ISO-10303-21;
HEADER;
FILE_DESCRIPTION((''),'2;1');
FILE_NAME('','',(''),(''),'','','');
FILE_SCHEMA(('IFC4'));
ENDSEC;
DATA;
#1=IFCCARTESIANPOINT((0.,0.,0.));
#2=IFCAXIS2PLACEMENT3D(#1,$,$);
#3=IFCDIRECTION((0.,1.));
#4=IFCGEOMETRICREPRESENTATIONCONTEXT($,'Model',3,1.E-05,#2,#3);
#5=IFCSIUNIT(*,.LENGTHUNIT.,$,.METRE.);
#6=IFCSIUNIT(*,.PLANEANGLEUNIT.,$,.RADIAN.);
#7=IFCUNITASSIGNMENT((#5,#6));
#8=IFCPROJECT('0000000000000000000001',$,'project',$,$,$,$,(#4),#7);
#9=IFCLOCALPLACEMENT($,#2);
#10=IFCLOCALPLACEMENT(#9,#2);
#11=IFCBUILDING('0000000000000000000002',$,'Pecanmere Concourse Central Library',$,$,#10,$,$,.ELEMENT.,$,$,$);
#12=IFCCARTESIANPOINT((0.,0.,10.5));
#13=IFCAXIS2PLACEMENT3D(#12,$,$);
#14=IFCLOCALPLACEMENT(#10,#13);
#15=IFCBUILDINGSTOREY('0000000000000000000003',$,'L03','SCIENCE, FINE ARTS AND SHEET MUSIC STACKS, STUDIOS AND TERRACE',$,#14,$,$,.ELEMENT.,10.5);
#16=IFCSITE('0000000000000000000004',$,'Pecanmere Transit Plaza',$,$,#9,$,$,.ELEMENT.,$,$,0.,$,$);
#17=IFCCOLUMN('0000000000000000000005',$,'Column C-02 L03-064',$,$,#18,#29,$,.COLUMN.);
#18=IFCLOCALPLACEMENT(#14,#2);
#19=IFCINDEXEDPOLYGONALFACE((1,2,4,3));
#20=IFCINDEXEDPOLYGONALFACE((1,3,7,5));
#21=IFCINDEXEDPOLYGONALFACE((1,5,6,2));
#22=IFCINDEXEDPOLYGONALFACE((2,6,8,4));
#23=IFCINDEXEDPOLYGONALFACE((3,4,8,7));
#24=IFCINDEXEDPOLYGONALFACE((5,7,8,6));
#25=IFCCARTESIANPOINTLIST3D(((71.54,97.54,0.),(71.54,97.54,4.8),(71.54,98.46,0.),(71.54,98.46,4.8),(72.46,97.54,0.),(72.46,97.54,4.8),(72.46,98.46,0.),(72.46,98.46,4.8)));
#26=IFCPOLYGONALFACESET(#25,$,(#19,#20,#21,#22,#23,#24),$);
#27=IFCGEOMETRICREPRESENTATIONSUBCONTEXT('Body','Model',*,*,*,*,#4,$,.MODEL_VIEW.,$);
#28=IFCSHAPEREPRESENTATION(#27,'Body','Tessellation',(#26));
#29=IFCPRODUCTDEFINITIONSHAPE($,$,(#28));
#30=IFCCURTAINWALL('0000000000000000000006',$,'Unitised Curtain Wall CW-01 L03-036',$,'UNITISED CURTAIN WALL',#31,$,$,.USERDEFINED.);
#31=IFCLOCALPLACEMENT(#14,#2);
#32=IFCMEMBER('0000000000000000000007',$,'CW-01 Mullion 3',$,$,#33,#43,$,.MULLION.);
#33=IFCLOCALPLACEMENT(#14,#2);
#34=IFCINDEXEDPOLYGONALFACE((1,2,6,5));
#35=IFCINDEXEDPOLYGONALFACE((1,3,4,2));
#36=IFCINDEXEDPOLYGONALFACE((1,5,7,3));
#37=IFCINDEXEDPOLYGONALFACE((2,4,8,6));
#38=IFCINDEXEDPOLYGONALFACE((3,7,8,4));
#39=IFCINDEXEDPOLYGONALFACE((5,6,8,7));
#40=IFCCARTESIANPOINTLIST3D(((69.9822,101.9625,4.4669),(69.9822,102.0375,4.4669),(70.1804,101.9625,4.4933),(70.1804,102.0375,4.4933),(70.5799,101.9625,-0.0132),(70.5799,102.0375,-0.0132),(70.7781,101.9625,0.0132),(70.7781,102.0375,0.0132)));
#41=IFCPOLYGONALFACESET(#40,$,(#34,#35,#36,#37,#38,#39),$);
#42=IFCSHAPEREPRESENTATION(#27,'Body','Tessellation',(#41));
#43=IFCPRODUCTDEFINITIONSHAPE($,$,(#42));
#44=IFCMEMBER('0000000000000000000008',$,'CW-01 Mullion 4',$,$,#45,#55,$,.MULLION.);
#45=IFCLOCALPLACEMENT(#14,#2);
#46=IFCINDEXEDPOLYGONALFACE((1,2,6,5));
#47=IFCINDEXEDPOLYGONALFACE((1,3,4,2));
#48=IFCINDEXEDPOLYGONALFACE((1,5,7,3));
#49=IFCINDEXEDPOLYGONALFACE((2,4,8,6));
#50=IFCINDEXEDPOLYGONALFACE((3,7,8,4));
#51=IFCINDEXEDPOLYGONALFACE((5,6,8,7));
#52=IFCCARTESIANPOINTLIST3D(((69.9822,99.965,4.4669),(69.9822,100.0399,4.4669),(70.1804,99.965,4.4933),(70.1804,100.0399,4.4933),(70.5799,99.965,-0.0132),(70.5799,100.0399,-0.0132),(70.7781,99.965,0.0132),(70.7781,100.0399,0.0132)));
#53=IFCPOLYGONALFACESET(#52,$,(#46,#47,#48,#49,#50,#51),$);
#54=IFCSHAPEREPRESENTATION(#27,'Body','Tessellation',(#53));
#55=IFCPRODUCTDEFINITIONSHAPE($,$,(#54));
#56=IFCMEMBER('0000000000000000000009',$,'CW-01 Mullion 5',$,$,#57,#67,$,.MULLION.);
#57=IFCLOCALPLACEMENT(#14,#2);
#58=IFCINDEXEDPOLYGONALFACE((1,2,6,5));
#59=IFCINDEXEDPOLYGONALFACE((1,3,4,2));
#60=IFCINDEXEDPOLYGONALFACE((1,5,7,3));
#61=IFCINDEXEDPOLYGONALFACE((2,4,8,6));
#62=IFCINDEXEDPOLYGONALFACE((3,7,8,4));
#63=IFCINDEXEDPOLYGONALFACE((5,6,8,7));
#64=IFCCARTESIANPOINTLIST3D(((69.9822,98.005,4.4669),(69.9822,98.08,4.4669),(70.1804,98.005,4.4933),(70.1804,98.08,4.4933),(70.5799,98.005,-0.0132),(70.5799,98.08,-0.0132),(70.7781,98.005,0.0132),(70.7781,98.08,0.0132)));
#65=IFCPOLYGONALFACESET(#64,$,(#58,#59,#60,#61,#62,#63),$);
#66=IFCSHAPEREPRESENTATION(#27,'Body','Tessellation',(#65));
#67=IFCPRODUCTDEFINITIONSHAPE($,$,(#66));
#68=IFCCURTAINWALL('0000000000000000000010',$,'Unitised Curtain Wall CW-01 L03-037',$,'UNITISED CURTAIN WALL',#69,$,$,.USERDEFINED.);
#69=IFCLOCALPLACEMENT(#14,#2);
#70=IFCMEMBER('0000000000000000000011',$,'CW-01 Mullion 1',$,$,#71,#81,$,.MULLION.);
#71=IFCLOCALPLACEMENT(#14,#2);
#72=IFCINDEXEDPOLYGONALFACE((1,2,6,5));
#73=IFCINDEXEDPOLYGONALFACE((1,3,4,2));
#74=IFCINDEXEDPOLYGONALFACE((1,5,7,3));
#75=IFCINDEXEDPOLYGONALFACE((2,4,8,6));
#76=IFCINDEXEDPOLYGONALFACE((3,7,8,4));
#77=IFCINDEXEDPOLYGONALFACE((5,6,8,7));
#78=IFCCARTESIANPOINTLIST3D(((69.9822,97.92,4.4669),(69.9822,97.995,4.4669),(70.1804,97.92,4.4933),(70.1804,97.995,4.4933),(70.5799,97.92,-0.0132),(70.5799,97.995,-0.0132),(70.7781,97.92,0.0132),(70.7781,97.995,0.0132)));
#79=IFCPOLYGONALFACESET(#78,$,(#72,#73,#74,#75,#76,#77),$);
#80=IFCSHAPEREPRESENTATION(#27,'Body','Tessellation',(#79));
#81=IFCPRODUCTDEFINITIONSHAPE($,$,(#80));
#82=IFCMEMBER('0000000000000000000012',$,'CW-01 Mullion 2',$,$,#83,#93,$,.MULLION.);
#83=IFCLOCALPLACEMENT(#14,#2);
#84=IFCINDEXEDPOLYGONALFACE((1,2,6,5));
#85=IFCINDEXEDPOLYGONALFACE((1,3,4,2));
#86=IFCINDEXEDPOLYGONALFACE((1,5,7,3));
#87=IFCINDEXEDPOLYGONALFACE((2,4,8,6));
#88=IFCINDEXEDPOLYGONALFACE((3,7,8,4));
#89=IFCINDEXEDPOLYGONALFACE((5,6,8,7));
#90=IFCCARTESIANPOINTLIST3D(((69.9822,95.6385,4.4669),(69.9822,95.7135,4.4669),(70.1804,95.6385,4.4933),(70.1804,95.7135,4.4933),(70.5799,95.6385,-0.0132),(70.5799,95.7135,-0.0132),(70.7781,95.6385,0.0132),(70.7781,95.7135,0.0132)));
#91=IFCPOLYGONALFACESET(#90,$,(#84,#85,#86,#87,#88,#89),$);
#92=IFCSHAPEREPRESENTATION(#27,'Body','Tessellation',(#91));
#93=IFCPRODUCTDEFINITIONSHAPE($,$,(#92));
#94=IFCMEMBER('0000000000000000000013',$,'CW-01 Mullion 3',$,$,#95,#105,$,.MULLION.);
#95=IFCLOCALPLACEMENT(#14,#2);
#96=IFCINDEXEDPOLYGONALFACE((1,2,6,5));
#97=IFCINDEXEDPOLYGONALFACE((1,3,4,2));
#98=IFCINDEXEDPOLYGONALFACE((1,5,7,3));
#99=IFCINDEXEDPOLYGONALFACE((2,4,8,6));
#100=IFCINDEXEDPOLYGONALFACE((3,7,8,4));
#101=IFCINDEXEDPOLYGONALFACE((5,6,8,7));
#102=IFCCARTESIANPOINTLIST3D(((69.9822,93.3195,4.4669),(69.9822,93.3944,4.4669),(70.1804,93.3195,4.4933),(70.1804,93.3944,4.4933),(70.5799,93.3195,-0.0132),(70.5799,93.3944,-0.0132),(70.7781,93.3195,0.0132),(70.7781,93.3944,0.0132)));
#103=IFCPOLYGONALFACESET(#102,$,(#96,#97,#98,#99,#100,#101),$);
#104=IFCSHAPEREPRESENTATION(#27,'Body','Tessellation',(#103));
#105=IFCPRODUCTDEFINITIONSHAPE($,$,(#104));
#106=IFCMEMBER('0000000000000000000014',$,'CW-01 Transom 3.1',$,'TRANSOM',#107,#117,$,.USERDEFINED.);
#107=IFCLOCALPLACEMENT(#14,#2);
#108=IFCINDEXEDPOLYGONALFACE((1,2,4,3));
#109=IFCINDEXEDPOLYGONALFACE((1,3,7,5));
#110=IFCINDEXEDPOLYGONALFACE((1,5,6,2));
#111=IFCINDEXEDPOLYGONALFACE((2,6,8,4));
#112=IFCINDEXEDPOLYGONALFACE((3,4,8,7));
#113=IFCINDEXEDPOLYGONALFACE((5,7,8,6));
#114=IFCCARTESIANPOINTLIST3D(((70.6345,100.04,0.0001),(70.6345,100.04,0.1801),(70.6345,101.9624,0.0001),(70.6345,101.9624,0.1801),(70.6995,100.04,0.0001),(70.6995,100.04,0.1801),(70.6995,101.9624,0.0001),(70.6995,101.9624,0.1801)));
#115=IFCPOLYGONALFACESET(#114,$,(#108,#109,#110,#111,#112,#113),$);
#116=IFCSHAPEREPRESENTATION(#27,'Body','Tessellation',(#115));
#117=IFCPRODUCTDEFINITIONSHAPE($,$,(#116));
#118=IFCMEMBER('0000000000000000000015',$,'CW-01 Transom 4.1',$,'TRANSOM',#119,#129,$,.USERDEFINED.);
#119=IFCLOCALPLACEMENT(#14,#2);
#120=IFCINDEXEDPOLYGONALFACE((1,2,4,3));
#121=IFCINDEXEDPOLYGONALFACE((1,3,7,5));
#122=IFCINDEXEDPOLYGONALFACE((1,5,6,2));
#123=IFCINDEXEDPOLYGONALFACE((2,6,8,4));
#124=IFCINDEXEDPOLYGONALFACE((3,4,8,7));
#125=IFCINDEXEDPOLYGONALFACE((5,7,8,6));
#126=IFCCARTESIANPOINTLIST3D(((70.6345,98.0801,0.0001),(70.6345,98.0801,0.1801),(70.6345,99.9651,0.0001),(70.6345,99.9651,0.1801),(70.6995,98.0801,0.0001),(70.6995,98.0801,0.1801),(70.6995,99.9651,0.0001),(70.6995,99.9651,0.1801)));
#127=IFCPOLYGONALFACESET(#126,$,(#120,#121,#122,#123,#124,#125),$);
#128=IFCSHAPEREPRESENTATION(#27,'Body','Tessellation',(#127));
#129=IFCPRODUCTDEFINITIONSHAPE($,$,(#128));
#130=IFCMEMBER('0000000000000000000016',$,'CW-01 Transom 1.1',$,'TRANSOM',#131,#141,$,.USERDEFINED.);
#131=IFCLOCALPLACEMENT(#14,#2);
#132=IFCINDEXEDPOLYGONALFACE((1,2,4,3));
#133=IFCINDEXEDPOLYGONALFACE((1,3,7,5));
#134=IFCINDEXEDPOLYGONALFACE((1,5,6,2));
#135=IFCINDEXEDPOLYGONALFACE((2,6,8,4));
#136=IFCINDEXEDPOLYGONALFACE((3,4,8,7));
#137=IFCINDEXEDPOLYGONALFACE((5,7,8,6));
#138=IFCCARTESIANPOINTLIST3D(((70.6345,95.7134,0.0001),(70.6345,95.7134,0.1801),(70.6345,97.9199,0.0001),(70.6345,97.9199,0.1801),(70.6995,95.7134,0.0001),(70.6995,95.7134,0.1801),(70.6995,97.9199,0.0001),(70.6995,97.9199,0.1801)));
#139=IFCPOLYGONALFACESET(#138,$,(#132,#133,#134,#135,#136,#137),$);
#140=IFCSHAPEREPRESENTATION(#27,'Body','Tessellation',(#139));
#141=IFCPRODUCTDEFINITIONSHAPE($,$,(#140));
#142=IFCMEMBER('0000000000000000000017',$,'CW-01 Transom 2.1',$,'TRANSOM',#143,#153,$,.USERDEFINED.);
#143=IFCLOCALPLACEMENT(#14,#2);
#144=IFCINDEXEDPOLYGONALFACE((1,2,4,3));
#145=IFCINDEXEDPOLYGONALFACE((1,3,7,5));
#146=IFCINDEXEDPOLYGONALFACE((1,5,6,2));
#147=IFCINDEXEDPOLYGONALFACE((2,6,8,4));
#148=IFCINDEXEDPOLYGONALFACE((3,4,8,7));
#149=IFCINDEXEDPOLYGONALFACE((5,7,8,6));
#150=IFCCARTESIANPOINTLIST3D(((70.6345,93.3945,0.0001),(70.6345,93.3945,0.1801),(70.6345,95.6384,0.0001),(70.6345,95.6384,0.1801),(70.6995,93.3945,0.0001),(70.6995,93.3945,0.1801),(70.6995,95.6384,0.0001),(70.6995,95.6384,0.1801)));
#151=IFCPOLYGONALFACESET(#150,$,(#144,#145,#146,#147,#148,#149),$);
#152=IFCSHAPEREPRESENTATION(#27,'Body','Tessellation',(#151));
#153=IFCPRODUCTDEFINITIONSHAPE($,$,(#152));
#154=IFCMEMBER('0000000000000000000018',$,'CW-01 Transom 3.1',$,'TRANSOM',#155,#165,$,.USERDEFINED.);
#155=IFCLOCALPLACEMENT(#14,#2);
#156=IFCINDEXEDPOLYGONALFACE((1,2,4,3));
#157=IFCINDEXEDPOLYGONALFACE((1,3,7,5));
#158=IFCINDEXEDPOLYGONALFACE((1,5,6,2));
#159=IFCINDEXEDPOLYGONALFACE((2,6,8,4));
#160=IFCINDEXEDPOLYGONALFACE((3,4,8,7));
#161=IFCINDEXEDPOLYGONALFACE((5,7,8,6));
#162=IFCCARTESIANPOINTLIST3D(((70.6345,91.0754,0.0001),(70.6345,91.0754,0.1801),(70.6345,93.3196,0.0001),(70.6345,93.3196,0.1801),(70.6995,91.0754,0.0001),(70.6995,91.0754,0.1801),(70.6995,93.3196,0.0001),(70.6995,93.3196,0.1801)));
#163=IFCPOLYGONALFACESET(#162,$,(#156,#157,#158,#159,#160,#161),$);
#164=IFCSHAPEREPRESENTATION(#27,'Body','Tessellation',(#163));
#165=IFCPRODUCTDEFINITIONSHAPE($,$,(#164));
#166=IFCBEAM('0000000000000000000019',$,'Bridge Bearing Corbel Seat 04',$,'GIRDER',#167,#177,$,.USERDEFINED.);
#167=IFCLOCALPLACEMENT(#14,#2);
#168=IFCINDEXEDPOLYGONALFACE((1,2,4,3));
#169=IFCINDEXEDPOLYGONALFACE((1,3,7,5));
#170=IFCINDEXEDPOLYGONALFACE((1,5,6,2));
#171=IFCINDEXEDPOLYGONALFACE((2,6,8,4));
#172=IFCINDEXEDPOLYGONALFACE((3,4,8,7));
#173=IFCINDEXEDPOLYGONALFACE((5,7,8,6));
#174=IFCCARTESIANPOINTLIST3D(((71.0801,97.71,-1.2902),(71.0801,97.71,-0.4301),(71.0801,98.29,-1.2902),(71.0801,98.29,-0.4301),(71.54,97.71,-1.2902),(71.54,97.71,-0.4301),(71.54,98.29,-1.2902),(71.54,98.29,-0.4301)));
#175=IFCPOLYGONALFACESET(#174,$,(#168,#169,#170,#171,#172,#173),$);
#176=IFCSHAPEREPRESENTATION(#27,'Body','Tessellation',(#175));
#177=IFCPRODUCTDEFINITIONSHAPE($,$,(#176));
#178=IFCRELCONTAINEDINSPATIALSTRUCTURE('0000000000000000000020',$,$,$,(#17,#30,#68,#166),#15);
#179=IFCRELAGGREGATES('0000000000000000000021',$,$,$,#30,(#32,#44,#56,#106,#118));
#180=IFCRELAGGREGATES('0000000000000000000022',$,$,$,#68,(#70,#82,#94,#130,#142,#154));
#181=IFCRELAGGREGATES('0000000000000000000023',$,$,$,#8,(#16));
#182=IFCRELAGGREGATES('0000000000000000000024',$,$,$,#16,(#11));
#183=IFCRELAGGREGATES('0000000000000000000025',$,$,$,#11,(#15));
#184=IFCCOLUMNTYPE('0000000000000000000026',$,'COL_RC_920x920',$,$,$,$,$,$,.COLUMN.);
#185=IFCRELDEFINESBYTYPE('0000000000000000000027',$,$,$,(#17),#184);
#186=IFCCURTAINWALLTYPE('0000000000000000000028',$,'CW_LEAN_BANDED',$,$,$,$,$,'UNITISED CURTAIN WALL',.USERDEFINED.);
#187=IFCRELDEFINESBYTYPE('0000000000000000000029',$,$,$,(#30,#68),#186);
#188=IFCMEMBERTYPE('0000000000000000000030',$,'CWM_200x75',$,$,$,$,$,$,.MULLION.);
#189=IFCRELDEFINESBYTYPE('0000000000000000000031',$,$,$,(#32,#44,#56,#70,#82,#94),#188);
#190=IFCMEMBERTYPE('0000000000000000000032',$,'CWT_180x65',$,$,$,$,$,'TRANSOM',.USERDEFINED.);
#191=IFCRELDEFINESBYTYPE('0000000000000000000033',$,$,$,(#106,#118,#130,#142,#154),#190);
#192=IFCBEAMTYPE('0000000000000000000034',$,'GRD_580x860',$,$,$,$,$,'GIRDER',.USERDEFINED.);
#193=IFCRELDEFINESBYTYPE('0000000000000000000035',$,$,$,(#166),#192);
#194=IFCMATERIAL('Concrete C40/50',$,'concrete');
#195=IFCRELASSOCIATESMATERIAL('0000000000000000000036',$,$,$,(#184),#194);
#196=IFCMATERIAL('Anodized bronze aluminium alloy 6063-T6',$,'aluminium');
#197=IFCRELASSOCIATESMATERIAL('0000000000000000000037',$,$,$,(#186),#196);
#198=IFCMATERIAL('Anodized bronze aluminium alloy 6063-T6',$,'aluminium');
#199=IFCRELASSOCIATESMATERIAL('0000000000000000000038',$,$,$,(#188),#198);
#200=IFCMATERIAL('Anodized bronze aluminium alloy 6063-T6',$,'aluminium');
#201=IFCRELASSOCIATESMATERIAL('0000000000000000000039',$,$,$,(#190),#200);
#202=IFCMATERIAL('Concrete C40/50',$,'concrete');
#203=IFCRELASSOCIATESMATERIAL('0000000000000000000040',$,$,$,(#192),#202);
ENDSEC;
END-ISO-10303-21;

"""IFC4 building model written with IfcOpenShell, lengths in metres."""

from ifc_helpers import new_model, si_unit, direction, frame, origin, origin_2d, place, context, subcontext, project, spatial, rectangle, extrude, material, material_profile, profile_set, type_object, element, aggregate, save


model = new_model("IFC4")

# Units and contexts
model_context = context("Model", 3, precision=1e-05, world=origin(), true_north=direction((0.0, 1.0)))
body_context = subcontext(model_context, "Body", "Model", "MODEL_VIEW")
ifc_project = project(units=[si_unit("LENGTHUNIT", "METRE"), si_unit("PLANEANGLEUNIT", "RADIAN")], contexts=[model_context])

# Site, building, storey
site_placement = place(None, origin())
site = spatial("IfcSite", under=ifc_project, at=site_placement, Name="Pecanmere Transit Plaza", CompositionType="ELEMENT", RefElevation=0.0)
building_placement = place(site_placement, origin())
building = spatial("IfcBuilding", under=site, at=building_placement, Name="Pecanmere Concourse Central Library", CompositionType="ELEMENT")
storey_placement = place(building_placement, frame((0.0, 0.0, 10.5)))
storey = spatial("IfcBuildingStorey", under=building, at=storey_placement, Name="L03", Description="SCIENCE, FINE ARTS AND SHEET MUSIC STACKS, STUDIOS AND TERRACE", CompositionType="ELEMENT", Elevation=10.5)

# Column
ifc_material_1 = material(Name="Concrete C40/50", Category="concrete")
ifc_material_profile_1 = material_profile(ifc_material_1, rectangle(XDim=0.9199, YDim=0.9199, at=origin_2d()), Name="RC 920x920")
ifc_profile_set_1 = profile_set([ifc_material_profile_1], Name="Concrete C40/50")
column_type = type_object("IfcColumnType", Name="COL_RC_920x920", PredefinedType="COLUMN", material=ifc_profile_set_1)
column_placement = place(storey_placement, frame((72.0, 98.0, 0.0), z_axis=(0.0, 0.0, 1.0), x_axis=(1.0, 0.0, 0.0)))
element("IfcColumn", 1, at=column_placement, inside=storey, type_object=column_type, Name="Column C-02 L03-064", PredefinedType="COLUMN", context=body_context, shape_type="SweptSolid", body=[
    extrude(rectangle(XDim=0.9199, YDim=0.9199, at=origin_2d()), origin(), (0.0, 0.0, 1.0), 4.8),
])

# Curtain walls, members
ifc_material_2 = material(Name="Anodized bronze aluminium alloy 6063-T6", Category="aluminium")
curtain_wall_type = type_object("IfcCurtainWallType", Name="CW_LEAN_BANDED", ElementType="UNITISED CURTAIN WALL", PredefinedType="USERDEFINED", material=ifc_material_2)
curtain_wall_1_placement = place(storey_placement, origin())
curtain_wall_1 = element("IfcCurtainWall", 2, at=curtain_wall_1_placement, inside=storey, type_object=curtain_wall_type, Name="Unitised Curtain Wall CW-01 L03-036", ObjectType="UNITISED CURTAIN WALL", PredefinedType="USERDEFINED")
ifc_material_3 = material(Name="Anodized bronze aluminium alloy 6063-T6", Category="aluminium")
ifc_material_profile_2 = material_profile(ifc_material_3, rectangle(XDim=0.075, YDim=0.2, at=origin_2d()), Name="AL 75x200")
ifc_profile_set_2 = profile_set([ifc_material_profile_2], Name="Anodized bronze aluminium alloy 6063-T6")
member_type_1 = type_object("IfcMemberType", Name="CWM_200x75", PredefinedType="MULLION", material=ifc_profile_set_2)
member_1_placement = place(storey_placement, frame((70.679, 102.0, 0.0), z_axis=(-0.132234, 0.0, 0.991218), x_axis=(0.0, -1.0, 0.0)))
member_1 = element("IfcMember", 3, at=member_1_placement, type_object=member_type_1, Name="CW-01 Mullion 3", PredefinedType="MULLION", context=body_context, shape_type="SweptSolid", body=[
    extrude(rectangle(XDim=0.075, YDim=0.2, at=origin_2d()), origin(), (0.0, 0.0, 1.0), 4.5198),
])
member_2_placement = place(storey_placement, frame((70.679, 100.0024, 0.0), z_axis=(-0.132234, 0.0, 0.991218), x_axis=(0.0, -1.0, 0.0)))
member_2 = element("IfcMember", 4, at=member_2_placement, type_object=member_type_1, Name="CW-01 Mullion 4", PredefinedType="MULLION", context=body_context, shape_type="SweptSolid", body=[
    extrude(rectangle(XDim=0.075, YDim=0.2, at=origin_2d()), origin(), (0.0, 0.0, 1.0), 4.5198),
])
member_3_placement = place(storey_placement, frame((70.679, 98.0425, 0.0), z_axis=(-0.132234, 0.0, 0.991218), x_axis=(0.0, -1.0, 0.0)))
member_3 = element("IfcMember", 5, at=member_3_placement, type_object=member_type_1, Name="CW-01 Mullion 5", PredefinedType="MULLION", context=body_context, shape_type="SweptSolid", body=[
    extrude(rectangle(XDim=0.075, YDim=0.2, at=origin_2d()), origin(), (0.0, 0.0, 1.0), 4.5198),
])
curtain_wall_2_placement = place(storey_placement, origin())
curtain_wall_2 = element("IfcCurtainWall", 6, at=curtain_wall_2_placement, inside=storey, type_object=curtain_wall_type, Name="Unitised Curtain Wall CW-01 L03-037", ObjectType="UNITISED CURTAIN WALL", PredefinedType="USERDEFINED")
member_4_placement = place(storey_placement, frame((70.679, 97.9575, 0.0), z_axis=(-0.132234, 0.0, 0.991218), x_axis=(0.0, -1.0, 0.0)))
member_4 = element("IfcMember", 7, at=member_4_placement, type_object=member_type_1, Name="CW-01 Mullion 1", PredefinedType="MULLION", context=body_context, shape_type="SweptSolid", body=[
    extrude(rectangle(XDim=0.075, YDim=0.2, at=origin_2d()), origin(), (0.0, 0.0, 1.0), 4.5198),
])
member_5_placement = place(storey_placement, frame((70.679, 95.676, 0.0), z_axis=(-0.132234, 0.0, 0.991218), x_axis=(0.0, -1.0, 0.0)))
member_5 = element("IfcMember", 8, at=member_5_placement, type_object=member_type_1, Name="CW-01 Mullion 2", PredefinedType="MULLION", context=body_context, shape_type="SweptSolid", body=[
    extrude(rectangle(XDim=0.075, YDim=0.2, at=origin_2d()), origin(), (0.0, 0.0, 1.0), 4.5198),
])
member_6_placement = place(storey_placement, frame((70.679, 93.3569, 0.0), z_axis=(-0.132234, 0.0, 0.991218), x_axis=(0.0, -1.0, 0.0)))
member_6 = element("IfcMember", 9, at=member_6_placement, type_object=member_type_1, Name="CW-01 Mullion 3", PredefinedType="MULLION", context=body_context, shape_type="SweptSolid", body=[
    extrude(rectangle(XDim=0.075, YDim=0.2, at=origin_2d()), origin(), (0.0, 0.0, 1.0), 4.5198),
])

# Members
ifc_material_4 = material(Name="Anodized bronze aluminium alloy 6063-T6", Category="aluminium")
ifc_material_profile_3 = material_profile(ifc_material_4, rectangle(XDim=0.0649, YDim=0.1799, at=origin_2d()), Name="AL 65x180")
ifc_profile_set_3 = profile_set([ifc_material_profile_3], Name="Anodized bronze aluminium alloy 6063-T6")
member_type_2 = type_object("IfcMemberType", Name="CWT_180x65", ElementType="TRANSOM", PredefinedType="USERDEFINED", material=ifc_profile_set_3)
member_7_placement = place(storey_placement, frame((70.667, 101.9624, 0.0901), z_axis=(0.0, -1.0, 0.0), x_axis=(1.0, 0.0, 0.0)))
member_7 = element("IfcMember", 10, at=member_7_placement, type_object=member_type_2, Name="CW-01 Transom 3.1", ObjectType="TRANSOM", PredefinedType="USERDEFINED", context=body_context, shape_type="SweptSolid", body=[
    extrude(rectangle(XDim=0.0649, YDim=0.1799, at=origin_2d()), origin(), (0.0, 0.0, 1.0), 1.9224),
])
member_8_placement = place(storey_placement, frame((70.667, 99.9651, 0.0901), z_axis=(0.0, -1.0, 0.0), x_axis=(1.0, 0.0, 0.0)))
member_8 = element("IfcMember", 11, at=member_8_placement, type_object=member_type_2, Name="CW-01 Transom 4.1", ObjectType="TRANSOM", PredefinedType="USERDEFINED", context=body_context, shape_type="SweptSolid", body=[
    extrude(rectangle(XDim=0.0649, YDim=0.1799, at=origin_2d()), origin(), (0.0, 0.0, 1.0), 1.885),
])
aggregate(curtain_wall_1, [member_1, member_2, member_3, member_7, member_8])
member_9_placement = place(storey_placement, frame((70.667, 97.9199, 0.0901), z_axis=(0.0, -1.0, 0.0), x_axis=(1.0, 0.0, 0.0)))
member_9 = element("IfcMember", 12, at=member_9_placement, type_object=member_type_2, Name="CW-01 Transom 1.1", ObjectType="TRANSOM", PredefinedType="USERDEFINED", context=body_context, shape_type="SweptSolid", body=[
    extrude(rectangle(XDim=0.0649, YDim=0.1799, at=origin_2d()), origin(), (0.0, 0.0, 1.0), 2.2065),
])
member_10_placement = place(storey_placement, frame((70.667, 95.6384, 0.0901), z_axis=(0.0, -1.0, 0.0), x_axis=(1.0, 0.0, 0.0)))
member_10 = element("IfcMember", 13, at=member_10_placement, type_object=member_type_2, Name="CW-01 Transom 2.1", ObjectType="TRANSOM", PredefinedType="USERDEFINED", context=body_context, shape_type="SweptSolid", body=[
    extrude(rectangle(XDim=0.0649, YDim=0.1799, at=origin_2d()), origin(), (0.0, 0.0, 1.0), 2.2439),
])
member_11_placement = place(storey_placement, frame((70.667, 93.3196, 0.0901), z_axis=(0.0, -1.0, 0.0), x_axis=(1.0, 0.0, 0.0)))
member_11 = element("IfcMember", 14, at=member_11_placement, type_object=member_type_2, Name="CW-01 Transom 3.1", ObjectType="TRANSOM", PredefinedType="USERDEFINED", context=body_context, shape_type="SweptSolid", body=[
    extrude(rectangle(XDim=0.0649, YDim=0.1799, at=origin_2d()), origin(), (0.0, 0.0, 1.0), 2.2441),
])
aggregate(curtain_wall_2, [member_4, member_5, member_6, member_9, member_10, member_11])

# Beam
ifc_material_5 = material(Name="Concrete C40/50", Category="concrete")
ifc_material_profile_4 = material_profile(ifc_material_5, rectangle(XDim=0.5801, YDim=0.8601, at=origin_2d()), Name="RC 580x860")
ifc_profile_set_4 = profile_set([ifc_material_profile_4], Name="Concrete C40/50")
beam_type_1 = type_object("IfcBeamType", Name="GRD_580x860", ElementType="GIRDER", PredefinedType="USERDEFINED", material=ifc_profile_set_4)
beam_1_placement = place(storey_placement, frame((71.54, 98.0, -0.8601), z_axis=(-1.0, 0.0, 0.0), x_axis=(0.0, -1.0, 0.0)))
element("IfcBeam", 15, at=beam_1_placement, inside=storey, type_object=beam_type_1, Name="Bridge Bearing Corbel Seat 04", ObjectType="GIRDER", PredefinedType="USERDEFINED", context=body_context, shape_type="SweptSolid", body=[
    extrude(rectangle(XDim=0.5801, YDim=0.8601, at=origin_2d()), origin(), (0.0, 0.0, 1.0), 0.46),
])

save(model, "model.ifc")
